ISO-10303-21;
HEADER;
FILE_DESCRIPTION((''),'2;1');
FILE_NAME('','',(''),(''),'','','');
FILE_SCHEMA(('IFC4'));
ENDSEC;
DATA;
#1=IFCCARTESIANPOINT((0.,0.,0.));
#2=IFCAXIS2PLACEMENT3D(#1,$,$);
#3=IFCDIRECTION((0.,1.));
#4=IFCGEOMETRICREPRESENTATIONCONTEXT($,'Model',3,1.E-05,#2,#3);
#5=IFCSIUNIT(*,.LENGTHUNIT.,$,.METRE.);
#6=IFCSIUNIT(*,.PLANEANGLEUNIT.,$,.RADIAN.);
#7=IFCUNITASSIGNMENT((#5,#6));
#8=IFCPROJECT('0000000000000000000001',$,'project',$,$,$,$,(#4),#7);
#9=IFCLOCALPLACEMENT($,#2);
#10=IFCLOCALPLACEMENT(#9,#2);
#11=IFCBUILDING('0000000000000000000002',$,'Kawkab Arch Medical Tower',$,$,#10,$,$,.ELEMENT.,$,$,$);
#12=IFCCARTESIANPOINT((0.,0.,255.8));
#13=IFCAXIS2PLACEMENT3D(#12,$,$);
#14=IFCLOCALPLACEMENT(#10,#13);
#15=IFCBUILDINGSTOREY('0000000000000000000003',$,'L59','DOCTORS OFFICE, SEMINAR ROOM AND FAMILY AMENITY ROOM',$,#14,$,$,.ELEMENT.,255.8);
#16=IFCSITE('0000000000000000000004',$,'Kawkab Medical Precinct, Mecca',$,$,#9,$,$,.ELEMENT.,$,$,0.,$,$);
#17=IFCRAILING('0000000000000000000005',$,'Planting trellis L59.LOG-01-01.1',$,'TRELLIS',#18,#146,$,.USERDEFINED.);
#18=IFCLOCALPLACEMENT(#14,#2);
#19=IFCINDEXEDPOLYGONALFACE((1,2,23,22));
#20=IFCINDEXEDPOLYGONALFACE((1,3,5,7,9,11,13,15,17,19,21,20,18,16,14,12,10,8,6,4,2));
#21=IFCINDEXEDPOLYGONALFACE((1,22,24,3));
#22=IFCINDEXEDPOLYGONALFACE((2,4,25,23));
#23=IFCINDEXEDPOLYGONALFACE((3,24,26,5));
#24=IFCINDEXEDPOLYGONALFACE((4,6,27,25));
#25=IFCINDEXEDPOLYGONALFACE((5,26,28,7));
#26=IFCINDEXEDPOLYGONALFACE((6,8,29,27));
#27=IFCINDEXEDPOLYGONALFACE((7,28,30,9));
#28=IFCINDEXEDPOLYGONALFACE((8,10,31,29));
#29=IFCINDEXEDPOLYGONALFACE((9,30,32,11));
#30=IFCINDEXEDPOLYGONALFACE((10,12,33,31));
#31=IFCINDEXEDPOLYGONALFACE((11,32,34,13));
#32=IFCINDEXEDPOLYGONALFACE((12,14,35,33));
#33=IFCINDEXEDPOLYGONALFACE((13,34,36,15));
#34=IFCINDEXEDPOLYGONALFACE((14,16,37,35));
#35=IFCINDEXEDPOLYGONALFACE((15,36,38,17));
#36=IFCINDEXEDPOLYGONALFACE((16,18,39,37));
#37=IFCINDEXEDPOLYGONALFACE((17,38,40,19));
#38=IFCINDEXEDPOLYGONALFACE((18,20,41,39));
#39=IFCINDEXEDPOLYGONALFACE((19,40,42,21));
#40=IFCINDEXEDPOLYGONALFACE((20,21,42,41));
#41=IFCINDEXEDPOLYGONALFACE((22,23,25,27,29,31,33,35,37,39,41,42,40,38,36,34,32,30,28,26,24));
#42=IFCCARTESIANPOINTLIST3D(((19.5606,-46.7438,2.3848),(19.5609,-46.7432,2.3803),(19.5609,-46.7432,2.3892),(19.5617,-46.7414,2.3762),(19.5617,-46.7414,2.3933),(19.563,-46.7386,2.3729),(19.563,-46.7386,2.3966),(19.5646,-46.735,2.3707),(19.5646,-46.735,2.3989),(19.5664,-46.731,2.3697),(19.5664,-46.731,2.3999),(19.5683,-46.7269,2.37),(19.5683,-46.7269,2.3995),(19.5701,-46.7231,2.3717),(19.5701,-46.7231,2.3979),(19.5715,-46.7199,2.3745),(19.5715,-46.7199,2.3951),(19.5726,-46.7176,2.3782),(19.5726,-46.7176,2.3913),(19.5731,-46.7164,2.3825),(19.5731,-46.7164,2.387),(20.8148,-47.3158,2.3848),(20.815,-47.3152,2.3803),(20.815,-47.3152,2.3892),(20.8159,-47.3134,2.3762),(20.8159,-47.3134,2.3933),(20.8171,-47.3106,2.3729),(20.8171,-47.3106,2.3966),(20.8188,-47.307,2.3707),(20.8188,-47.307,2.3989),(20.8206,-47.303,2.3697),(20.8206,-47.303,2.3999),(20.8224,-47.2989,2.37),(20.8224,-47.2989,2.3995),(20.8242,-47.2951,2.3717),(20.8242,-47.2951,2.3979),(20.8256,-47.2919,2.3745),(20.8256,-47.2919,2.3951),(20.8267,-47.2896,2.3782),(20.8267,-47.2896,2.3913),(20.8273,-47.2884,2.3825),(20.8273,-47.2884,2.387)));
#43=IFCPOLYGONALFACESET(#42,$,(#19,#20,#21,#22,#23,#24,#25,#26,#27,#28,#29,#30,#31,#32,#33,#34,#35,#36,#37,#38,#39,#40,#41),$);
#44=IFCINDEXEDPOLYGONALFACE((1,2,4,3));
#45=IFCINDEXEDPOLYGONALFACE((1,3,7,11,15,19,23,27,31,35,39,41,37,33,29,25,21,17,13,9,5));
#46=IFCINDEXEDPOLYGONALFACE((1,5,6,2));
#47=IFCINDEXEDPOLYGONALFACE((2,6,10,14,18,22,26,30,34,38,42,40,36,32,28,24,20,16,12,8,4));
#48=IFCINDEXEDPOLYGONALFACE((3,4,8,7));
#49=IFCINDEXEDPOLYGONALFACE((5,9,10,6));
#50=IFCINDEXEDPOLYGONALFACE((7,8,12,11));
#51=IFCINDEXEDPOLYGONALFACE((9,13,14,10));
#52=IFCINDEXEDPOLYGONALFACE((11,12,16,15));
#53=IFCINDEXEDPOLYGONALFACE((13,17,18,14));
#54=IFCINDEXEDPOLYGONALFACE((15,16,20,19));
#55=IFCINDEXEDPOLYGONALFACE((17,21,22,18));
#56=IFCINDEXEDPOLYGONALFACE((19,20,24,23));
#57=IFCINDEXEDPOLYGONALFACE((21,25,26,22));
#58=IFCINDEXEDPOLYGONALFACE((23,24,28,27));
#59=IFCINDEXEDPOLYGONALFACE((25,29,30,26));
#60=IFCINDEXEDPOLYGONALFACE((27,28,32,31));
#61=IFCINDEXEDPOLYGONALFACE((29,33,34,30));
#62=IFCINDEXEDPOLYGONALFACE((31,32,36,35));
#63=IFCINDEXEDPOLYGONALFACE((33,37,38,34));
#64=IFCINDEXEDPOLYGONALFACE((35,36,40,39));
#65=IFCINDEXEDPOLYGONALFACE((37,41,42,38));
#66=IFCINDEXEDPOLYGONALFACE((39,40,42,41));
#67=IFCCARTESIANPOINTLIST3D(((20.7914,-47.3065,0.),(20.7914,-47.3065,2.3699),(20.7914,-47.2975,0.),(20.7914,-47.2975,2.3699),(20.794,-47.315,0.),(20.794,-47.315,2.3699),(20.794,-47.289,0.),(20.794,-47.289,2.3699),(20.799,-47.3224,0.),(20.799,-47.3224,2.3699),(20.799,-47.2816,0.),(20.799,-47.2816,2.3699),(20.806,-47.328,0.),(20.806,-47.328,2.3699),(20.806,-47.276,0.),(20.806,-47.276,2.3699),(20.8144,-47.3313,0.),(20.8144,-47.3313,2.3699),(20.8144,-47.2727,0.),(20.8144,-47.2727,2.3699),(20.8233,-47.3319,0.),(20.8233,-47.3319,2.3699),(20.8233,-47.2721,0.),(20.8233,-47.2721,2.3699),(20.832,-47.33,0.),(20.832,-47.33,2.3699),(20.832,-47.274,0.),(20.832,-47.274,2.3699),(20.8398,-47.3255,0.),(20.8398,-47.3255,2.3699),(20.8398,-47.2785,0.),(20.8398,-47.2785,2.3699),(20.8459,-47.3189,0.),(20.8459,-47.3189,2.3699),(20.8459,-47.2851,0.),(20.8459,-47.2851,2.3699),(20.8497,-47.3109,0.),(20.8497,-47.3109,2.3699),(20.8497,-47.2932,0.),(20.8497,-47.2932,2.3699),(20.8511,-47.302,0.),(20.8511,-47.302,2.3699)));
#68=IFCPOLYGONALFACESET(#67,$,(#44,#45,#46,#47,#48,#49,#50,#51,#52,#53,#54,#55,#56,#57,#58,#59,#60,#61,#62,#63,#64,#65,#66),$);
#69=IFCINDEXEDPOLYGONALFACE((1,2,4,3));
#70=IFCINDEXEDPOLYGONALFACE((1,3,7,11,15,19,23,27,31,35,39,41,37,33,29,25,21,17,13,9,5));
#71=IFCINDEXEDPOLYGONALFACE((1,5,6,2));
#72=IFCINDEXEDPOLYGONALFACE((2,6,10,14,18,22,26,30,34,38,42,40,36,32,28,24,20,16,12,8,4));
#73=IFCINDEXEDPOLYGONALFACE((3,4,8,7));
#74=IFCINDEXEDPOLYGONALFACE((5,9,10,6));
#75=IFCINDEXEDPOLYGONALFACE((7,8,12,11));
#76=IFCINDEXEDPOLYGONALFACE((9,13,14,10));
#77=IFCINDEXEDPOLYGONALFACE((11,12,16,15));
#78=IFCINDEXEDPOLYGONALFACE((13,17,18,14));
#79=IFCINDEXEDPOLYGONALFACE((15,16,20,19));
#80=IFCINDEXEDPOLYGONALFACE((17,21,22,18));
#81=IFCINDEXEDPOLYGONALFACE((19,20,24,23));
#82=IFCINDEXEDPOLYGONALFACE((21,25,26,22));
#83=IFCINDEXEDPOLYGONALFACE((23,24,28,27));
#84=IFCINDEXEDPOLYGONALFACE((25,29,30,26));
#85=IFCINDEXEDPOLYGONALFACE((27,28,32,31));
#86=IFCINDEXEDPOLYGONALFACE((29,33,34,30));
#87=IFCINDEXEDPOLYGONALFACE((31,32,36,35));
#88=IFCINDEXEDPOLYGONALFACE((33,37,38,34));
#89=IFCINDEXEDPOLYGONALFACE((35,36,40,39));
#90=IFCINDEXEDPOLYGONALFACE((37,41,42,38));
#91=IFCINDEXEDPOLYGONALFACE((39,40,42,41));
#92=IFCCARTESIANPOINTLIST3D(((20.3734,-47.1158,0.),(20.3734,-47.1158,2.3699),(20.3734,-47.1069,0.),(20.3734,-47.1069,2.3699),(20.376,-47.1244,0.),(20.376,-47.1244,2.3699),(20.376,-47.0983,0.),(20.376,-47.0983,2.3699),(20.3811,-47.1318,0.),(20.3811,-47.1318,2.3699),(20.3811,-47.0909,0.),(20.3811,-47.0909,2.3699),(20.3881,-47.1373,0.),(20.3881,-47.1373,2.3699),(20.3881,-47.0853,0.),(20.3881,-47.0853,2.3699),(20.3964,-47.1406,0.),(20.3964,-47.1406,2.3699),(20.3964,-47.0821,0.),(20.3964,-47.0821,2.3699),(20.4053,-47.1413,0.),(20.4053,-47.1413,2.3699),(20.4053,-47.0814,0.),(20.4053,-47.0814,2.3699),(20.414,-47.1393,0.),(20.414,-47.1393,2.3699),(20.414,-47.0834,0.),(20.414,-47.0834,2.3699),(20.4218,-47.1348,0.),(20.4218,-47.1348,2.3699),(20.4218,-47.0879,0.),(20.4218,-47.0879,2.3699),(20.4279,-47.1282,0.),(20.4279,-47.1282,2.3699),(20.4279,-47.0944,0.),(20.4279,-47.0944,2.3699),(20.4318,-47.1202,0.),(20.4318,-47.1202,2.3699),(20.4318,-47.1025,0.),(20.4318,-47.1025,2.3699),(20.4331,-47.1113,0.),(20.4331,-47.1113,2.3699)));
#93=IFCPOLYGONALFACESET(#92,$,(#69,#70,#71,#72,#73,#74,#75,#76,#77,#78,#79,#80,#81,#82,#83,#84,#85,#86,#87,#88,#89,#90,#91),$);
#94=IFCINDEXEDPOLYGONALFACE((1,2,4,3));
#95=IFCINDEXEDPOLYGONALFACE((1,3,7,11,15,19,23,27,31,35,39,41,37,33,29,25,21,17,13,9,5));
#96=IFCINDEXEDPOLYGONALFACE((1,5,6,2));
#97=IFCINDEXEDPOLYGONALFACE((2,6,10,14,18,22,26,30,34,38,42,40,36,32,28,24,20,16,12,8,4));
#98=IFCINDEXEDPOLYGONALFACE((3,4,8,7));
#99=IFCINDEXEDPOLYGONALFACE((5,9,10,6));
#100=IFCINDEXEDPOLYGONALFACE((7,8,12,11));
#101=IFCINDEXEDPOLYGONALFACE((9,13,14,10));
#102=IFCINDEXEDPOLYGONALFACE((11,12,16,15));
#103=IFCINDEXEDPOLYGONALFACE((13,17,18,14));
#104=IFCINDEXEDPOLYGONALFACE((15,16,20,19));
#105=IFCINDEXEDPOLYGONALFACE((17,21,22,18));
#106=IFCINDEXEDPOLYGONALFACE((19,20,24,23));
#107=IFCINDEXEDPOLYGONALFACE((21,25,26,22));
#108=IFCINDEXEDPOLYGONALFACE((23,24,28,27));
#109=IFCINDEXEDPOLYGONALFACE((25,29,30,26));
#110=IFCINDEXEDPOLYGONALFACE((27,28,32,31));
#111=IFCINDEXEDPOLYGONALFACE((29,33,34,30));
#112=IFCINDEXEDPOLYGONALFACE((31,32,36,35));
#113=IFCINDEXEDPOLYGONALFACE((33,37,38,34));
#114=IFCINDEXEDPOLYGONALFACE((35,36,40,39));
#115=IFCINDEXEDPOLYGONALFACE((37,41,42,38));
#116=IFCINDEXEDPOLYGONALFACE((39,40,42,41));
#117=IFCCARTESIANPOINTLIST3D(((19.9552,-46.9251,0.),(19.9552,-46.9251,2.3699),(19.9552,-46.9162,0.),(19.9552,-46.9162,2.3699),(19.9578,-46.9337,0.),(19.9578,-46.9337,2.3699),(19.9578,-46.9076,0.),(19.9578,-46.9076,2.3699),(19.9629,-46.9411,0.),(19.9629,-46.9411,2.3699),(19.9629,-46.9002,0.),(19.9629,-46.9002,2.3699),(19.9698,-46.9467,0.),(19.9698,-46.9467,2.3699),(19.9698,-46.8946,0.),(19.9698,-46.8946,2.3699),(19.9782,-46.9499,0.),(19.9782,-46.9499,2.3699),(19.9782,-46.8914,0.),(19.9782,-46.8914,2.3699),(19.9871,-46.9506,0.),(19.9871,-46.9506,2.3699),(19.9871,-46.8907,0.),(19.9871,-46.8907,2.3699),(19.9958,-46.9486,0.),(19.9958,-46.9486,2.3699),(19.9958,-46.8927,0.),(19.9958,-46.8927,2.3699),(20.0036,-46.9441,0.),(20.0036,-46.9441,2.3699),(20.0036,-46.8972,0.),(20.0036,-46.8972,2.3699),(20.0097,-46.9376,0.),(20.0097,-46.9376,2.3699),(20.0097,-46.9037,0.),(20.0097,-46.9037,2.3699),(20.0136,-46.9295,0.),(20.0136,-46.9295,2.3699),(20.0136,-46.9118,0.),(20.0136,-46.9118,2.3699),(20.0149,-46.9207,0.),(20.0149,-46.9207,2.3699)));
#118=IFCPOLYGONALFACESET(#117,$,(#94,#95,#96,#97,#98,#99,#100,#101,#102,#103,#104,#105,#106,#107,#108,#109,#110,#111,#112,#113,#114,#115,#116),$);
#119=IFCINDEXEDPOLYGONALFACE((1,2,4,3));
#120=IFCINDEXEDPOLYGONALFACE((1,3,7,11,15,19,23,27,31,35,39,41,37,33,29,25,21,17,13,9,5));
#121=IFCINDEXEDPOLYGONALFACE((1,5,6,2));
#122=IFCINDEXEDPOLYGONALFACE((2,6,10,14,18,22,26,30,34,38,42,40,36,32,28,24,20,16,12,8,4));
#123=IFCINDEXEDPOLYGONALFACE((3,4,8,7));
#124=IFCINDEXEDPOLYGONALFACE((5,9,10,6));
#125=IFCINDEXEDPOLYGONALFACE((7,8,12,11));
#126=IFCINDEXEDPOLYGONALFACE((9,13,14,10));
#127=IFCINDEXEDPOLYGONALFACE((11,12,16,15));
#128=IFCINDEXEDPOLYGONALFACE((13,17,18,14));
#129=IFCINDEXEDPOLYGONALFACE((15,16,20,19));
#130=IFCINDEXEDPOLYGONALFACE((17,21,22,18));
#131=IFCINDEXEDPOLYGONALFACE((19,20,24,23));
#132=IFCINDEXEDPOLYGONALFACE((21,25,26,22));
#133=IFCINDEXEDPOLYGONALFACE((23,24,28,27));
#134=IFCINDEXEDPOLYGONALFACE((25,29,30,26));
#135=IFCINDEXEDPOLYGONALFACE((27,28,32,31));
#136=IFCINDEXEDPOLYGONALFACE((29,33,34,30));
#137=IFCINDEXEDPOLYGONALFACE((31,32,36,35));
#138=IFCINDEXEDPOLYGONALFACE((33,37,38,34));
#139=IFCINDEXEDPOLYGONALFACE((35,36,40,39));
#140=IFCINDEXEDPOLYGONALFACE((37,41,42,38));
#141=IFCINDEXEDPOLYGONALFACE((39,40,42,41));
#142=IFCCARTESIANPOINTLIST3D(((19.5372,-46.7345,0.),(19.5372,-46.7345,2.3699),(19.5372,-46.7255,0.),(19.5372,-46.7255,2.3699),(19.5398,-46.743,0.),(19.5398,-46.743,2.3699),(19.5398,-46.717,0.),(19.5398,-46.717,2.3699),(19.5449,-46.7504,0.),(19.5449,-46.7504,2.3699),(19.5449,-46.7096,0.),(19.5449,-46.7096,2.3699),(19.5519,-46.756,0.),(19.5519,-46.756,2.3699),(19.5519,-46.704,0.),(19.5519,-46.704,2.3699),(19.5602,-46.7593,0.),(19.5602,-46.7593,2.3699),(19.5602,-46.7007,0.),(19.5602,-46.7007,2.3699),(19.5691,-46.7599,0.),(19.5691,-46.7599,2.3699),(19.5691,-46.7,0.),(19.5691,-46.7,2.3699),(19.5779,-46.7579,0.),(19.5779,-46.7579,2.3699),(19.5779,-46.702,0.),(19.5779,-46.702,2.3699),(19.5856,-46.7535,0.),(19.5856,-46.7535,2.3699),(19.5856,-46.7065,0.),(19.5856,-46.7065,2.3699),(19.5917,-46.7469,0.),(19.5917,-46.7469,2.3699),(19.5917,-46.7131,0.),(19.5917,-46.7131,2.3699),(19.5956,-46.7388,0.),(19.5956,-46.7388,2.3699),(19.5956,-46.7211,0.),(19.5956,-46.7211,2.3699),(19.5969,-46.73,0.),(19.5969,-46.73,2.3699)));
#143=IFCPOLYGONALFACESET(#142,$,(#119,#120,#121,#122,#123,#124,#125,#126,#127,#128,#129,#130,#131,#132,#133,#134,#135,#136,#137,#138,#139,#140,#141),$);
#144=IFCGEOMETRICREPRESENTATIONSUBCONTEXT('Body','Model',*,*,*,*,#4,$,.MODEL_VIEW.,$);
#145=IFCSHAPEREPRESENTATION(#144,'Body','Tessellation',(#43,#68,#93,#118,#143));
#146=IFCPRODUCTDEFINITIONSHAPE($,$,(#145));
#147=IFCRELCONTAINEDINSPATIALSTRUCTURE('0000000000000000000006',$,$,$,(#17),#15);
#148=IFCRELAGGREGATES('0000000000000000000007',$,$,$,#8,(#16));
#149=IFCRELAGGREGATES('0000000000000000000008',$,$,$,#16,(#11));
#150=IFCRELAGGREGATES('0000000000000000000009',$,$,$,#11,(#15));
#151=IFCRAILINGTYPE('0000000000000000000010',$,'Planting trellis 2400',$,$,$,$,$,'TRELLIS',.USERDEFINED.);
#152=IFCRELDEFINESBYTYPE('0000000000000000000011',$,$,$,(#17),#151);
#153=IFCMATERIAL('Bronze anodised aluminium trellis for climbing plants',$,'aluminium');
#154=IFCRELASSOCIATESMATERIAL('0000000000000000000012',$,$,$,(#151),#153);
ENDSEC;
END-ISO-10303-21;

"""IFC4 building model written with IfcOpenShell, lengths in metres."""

from ifc_helpers import new_model, si_unit, direction, frame, origin, origin_2d, place, context, subcontext, project, spatial, circle, extrude, material, type_object, element, save


model = new_model("IFC4")

# Units and contexts
model_context = context("Model", 3, precision=1e-05, world=origin(), true_north=direction((0.0, 1.0)))
body_context = subcontext(model_context, "Body", "Model", "MODEL_VIEW")
ifc_project = project(units=[si_unit("LENGTHUNIT", "METRE"), si_unit("PLANEANGLEUNIT", "RADIAN")], contexts=[model_context])

# Site, building, storey
site_placement = place(None, origin())
site = spatial("IfcSite", under=ifc_project, at=site_placement, Name="Kawkab Medical Precinct, Mecca", CompositionType="ELEMENT", RefElevation=0.0)
building_placement = place(site_placement, origin())
building = spatial("IfcBuilding", under=site, at=building_placement, Name="Kawkab Arch Medical Tower", CompositionType="ELEMENT")
storey_placement = place(building_placement, frame((0.0, 0.0, 255.8)))
storey = spatial("IfcBuildingStorey", under=building, at=storey_placement, Name="L59", Description="DOCTORS OFFICE, SEMINAR ROOM AND FAMILY AMENITY ROOM", CompositionType="ELEMENT", Elevation=255.8)

# Railing
ifc_material_1 = material(Name="Bronze anodised aluminium trellis for climbing plants", Category="aluminium")
railing_type_1 = type_object("IfcRailingType", Name="Planting trellis 2400", ElementType="TRELLIS", PredefinedType="USERDEFINED", material=ifc_material_1)
railing_1_placement = place(storey_placement, frame((20.821, -47.302, 0.0)))
element("IfcRailing", 1, at=railing_1_placement, inside=storey, type_object=railing_type_1, Name="Planting trellis L59.LOG-01-01.1", ObjectType="TRELLIS", PredefinedType="USERDEFINED", context=body_context, shape_type="SweptSolid", body=[
    extrude(circle(Radius=0.0151, at=origin_2d()), frame((0.0, 0.0, 2.3848), z_axis=(-0.909832, 0.414977, 0.0), x_axis=(-0.414977, -0.909832, 0.0)), (0.0, 0.0, 1.0), 1.3784),
    extrude(circle(Radius=0.03, at=origin_2d()), origin(), (0.0, 0.0, 1.0), 2.3699),
    extrude(circle(Radius=0.03, at=origin_2d()), frame((-0.418, 0.1907, 0.0)), (0.0, 0.0, 1.0), 2.3699),
    extrude(circle(Radius=0.03, at=origin_2d()), frame((-0.8362, 0.3813, 0.0)), (0.0, 0.0, 1.0), 2.3699),
    extrude(circle(Radius=0.03, at=origin_2d()), frame((-1.2542, 0.572, 0.0)), (0.0, 0.0, 1.0), 2.3699),
])

save(model, "model.ifc")
